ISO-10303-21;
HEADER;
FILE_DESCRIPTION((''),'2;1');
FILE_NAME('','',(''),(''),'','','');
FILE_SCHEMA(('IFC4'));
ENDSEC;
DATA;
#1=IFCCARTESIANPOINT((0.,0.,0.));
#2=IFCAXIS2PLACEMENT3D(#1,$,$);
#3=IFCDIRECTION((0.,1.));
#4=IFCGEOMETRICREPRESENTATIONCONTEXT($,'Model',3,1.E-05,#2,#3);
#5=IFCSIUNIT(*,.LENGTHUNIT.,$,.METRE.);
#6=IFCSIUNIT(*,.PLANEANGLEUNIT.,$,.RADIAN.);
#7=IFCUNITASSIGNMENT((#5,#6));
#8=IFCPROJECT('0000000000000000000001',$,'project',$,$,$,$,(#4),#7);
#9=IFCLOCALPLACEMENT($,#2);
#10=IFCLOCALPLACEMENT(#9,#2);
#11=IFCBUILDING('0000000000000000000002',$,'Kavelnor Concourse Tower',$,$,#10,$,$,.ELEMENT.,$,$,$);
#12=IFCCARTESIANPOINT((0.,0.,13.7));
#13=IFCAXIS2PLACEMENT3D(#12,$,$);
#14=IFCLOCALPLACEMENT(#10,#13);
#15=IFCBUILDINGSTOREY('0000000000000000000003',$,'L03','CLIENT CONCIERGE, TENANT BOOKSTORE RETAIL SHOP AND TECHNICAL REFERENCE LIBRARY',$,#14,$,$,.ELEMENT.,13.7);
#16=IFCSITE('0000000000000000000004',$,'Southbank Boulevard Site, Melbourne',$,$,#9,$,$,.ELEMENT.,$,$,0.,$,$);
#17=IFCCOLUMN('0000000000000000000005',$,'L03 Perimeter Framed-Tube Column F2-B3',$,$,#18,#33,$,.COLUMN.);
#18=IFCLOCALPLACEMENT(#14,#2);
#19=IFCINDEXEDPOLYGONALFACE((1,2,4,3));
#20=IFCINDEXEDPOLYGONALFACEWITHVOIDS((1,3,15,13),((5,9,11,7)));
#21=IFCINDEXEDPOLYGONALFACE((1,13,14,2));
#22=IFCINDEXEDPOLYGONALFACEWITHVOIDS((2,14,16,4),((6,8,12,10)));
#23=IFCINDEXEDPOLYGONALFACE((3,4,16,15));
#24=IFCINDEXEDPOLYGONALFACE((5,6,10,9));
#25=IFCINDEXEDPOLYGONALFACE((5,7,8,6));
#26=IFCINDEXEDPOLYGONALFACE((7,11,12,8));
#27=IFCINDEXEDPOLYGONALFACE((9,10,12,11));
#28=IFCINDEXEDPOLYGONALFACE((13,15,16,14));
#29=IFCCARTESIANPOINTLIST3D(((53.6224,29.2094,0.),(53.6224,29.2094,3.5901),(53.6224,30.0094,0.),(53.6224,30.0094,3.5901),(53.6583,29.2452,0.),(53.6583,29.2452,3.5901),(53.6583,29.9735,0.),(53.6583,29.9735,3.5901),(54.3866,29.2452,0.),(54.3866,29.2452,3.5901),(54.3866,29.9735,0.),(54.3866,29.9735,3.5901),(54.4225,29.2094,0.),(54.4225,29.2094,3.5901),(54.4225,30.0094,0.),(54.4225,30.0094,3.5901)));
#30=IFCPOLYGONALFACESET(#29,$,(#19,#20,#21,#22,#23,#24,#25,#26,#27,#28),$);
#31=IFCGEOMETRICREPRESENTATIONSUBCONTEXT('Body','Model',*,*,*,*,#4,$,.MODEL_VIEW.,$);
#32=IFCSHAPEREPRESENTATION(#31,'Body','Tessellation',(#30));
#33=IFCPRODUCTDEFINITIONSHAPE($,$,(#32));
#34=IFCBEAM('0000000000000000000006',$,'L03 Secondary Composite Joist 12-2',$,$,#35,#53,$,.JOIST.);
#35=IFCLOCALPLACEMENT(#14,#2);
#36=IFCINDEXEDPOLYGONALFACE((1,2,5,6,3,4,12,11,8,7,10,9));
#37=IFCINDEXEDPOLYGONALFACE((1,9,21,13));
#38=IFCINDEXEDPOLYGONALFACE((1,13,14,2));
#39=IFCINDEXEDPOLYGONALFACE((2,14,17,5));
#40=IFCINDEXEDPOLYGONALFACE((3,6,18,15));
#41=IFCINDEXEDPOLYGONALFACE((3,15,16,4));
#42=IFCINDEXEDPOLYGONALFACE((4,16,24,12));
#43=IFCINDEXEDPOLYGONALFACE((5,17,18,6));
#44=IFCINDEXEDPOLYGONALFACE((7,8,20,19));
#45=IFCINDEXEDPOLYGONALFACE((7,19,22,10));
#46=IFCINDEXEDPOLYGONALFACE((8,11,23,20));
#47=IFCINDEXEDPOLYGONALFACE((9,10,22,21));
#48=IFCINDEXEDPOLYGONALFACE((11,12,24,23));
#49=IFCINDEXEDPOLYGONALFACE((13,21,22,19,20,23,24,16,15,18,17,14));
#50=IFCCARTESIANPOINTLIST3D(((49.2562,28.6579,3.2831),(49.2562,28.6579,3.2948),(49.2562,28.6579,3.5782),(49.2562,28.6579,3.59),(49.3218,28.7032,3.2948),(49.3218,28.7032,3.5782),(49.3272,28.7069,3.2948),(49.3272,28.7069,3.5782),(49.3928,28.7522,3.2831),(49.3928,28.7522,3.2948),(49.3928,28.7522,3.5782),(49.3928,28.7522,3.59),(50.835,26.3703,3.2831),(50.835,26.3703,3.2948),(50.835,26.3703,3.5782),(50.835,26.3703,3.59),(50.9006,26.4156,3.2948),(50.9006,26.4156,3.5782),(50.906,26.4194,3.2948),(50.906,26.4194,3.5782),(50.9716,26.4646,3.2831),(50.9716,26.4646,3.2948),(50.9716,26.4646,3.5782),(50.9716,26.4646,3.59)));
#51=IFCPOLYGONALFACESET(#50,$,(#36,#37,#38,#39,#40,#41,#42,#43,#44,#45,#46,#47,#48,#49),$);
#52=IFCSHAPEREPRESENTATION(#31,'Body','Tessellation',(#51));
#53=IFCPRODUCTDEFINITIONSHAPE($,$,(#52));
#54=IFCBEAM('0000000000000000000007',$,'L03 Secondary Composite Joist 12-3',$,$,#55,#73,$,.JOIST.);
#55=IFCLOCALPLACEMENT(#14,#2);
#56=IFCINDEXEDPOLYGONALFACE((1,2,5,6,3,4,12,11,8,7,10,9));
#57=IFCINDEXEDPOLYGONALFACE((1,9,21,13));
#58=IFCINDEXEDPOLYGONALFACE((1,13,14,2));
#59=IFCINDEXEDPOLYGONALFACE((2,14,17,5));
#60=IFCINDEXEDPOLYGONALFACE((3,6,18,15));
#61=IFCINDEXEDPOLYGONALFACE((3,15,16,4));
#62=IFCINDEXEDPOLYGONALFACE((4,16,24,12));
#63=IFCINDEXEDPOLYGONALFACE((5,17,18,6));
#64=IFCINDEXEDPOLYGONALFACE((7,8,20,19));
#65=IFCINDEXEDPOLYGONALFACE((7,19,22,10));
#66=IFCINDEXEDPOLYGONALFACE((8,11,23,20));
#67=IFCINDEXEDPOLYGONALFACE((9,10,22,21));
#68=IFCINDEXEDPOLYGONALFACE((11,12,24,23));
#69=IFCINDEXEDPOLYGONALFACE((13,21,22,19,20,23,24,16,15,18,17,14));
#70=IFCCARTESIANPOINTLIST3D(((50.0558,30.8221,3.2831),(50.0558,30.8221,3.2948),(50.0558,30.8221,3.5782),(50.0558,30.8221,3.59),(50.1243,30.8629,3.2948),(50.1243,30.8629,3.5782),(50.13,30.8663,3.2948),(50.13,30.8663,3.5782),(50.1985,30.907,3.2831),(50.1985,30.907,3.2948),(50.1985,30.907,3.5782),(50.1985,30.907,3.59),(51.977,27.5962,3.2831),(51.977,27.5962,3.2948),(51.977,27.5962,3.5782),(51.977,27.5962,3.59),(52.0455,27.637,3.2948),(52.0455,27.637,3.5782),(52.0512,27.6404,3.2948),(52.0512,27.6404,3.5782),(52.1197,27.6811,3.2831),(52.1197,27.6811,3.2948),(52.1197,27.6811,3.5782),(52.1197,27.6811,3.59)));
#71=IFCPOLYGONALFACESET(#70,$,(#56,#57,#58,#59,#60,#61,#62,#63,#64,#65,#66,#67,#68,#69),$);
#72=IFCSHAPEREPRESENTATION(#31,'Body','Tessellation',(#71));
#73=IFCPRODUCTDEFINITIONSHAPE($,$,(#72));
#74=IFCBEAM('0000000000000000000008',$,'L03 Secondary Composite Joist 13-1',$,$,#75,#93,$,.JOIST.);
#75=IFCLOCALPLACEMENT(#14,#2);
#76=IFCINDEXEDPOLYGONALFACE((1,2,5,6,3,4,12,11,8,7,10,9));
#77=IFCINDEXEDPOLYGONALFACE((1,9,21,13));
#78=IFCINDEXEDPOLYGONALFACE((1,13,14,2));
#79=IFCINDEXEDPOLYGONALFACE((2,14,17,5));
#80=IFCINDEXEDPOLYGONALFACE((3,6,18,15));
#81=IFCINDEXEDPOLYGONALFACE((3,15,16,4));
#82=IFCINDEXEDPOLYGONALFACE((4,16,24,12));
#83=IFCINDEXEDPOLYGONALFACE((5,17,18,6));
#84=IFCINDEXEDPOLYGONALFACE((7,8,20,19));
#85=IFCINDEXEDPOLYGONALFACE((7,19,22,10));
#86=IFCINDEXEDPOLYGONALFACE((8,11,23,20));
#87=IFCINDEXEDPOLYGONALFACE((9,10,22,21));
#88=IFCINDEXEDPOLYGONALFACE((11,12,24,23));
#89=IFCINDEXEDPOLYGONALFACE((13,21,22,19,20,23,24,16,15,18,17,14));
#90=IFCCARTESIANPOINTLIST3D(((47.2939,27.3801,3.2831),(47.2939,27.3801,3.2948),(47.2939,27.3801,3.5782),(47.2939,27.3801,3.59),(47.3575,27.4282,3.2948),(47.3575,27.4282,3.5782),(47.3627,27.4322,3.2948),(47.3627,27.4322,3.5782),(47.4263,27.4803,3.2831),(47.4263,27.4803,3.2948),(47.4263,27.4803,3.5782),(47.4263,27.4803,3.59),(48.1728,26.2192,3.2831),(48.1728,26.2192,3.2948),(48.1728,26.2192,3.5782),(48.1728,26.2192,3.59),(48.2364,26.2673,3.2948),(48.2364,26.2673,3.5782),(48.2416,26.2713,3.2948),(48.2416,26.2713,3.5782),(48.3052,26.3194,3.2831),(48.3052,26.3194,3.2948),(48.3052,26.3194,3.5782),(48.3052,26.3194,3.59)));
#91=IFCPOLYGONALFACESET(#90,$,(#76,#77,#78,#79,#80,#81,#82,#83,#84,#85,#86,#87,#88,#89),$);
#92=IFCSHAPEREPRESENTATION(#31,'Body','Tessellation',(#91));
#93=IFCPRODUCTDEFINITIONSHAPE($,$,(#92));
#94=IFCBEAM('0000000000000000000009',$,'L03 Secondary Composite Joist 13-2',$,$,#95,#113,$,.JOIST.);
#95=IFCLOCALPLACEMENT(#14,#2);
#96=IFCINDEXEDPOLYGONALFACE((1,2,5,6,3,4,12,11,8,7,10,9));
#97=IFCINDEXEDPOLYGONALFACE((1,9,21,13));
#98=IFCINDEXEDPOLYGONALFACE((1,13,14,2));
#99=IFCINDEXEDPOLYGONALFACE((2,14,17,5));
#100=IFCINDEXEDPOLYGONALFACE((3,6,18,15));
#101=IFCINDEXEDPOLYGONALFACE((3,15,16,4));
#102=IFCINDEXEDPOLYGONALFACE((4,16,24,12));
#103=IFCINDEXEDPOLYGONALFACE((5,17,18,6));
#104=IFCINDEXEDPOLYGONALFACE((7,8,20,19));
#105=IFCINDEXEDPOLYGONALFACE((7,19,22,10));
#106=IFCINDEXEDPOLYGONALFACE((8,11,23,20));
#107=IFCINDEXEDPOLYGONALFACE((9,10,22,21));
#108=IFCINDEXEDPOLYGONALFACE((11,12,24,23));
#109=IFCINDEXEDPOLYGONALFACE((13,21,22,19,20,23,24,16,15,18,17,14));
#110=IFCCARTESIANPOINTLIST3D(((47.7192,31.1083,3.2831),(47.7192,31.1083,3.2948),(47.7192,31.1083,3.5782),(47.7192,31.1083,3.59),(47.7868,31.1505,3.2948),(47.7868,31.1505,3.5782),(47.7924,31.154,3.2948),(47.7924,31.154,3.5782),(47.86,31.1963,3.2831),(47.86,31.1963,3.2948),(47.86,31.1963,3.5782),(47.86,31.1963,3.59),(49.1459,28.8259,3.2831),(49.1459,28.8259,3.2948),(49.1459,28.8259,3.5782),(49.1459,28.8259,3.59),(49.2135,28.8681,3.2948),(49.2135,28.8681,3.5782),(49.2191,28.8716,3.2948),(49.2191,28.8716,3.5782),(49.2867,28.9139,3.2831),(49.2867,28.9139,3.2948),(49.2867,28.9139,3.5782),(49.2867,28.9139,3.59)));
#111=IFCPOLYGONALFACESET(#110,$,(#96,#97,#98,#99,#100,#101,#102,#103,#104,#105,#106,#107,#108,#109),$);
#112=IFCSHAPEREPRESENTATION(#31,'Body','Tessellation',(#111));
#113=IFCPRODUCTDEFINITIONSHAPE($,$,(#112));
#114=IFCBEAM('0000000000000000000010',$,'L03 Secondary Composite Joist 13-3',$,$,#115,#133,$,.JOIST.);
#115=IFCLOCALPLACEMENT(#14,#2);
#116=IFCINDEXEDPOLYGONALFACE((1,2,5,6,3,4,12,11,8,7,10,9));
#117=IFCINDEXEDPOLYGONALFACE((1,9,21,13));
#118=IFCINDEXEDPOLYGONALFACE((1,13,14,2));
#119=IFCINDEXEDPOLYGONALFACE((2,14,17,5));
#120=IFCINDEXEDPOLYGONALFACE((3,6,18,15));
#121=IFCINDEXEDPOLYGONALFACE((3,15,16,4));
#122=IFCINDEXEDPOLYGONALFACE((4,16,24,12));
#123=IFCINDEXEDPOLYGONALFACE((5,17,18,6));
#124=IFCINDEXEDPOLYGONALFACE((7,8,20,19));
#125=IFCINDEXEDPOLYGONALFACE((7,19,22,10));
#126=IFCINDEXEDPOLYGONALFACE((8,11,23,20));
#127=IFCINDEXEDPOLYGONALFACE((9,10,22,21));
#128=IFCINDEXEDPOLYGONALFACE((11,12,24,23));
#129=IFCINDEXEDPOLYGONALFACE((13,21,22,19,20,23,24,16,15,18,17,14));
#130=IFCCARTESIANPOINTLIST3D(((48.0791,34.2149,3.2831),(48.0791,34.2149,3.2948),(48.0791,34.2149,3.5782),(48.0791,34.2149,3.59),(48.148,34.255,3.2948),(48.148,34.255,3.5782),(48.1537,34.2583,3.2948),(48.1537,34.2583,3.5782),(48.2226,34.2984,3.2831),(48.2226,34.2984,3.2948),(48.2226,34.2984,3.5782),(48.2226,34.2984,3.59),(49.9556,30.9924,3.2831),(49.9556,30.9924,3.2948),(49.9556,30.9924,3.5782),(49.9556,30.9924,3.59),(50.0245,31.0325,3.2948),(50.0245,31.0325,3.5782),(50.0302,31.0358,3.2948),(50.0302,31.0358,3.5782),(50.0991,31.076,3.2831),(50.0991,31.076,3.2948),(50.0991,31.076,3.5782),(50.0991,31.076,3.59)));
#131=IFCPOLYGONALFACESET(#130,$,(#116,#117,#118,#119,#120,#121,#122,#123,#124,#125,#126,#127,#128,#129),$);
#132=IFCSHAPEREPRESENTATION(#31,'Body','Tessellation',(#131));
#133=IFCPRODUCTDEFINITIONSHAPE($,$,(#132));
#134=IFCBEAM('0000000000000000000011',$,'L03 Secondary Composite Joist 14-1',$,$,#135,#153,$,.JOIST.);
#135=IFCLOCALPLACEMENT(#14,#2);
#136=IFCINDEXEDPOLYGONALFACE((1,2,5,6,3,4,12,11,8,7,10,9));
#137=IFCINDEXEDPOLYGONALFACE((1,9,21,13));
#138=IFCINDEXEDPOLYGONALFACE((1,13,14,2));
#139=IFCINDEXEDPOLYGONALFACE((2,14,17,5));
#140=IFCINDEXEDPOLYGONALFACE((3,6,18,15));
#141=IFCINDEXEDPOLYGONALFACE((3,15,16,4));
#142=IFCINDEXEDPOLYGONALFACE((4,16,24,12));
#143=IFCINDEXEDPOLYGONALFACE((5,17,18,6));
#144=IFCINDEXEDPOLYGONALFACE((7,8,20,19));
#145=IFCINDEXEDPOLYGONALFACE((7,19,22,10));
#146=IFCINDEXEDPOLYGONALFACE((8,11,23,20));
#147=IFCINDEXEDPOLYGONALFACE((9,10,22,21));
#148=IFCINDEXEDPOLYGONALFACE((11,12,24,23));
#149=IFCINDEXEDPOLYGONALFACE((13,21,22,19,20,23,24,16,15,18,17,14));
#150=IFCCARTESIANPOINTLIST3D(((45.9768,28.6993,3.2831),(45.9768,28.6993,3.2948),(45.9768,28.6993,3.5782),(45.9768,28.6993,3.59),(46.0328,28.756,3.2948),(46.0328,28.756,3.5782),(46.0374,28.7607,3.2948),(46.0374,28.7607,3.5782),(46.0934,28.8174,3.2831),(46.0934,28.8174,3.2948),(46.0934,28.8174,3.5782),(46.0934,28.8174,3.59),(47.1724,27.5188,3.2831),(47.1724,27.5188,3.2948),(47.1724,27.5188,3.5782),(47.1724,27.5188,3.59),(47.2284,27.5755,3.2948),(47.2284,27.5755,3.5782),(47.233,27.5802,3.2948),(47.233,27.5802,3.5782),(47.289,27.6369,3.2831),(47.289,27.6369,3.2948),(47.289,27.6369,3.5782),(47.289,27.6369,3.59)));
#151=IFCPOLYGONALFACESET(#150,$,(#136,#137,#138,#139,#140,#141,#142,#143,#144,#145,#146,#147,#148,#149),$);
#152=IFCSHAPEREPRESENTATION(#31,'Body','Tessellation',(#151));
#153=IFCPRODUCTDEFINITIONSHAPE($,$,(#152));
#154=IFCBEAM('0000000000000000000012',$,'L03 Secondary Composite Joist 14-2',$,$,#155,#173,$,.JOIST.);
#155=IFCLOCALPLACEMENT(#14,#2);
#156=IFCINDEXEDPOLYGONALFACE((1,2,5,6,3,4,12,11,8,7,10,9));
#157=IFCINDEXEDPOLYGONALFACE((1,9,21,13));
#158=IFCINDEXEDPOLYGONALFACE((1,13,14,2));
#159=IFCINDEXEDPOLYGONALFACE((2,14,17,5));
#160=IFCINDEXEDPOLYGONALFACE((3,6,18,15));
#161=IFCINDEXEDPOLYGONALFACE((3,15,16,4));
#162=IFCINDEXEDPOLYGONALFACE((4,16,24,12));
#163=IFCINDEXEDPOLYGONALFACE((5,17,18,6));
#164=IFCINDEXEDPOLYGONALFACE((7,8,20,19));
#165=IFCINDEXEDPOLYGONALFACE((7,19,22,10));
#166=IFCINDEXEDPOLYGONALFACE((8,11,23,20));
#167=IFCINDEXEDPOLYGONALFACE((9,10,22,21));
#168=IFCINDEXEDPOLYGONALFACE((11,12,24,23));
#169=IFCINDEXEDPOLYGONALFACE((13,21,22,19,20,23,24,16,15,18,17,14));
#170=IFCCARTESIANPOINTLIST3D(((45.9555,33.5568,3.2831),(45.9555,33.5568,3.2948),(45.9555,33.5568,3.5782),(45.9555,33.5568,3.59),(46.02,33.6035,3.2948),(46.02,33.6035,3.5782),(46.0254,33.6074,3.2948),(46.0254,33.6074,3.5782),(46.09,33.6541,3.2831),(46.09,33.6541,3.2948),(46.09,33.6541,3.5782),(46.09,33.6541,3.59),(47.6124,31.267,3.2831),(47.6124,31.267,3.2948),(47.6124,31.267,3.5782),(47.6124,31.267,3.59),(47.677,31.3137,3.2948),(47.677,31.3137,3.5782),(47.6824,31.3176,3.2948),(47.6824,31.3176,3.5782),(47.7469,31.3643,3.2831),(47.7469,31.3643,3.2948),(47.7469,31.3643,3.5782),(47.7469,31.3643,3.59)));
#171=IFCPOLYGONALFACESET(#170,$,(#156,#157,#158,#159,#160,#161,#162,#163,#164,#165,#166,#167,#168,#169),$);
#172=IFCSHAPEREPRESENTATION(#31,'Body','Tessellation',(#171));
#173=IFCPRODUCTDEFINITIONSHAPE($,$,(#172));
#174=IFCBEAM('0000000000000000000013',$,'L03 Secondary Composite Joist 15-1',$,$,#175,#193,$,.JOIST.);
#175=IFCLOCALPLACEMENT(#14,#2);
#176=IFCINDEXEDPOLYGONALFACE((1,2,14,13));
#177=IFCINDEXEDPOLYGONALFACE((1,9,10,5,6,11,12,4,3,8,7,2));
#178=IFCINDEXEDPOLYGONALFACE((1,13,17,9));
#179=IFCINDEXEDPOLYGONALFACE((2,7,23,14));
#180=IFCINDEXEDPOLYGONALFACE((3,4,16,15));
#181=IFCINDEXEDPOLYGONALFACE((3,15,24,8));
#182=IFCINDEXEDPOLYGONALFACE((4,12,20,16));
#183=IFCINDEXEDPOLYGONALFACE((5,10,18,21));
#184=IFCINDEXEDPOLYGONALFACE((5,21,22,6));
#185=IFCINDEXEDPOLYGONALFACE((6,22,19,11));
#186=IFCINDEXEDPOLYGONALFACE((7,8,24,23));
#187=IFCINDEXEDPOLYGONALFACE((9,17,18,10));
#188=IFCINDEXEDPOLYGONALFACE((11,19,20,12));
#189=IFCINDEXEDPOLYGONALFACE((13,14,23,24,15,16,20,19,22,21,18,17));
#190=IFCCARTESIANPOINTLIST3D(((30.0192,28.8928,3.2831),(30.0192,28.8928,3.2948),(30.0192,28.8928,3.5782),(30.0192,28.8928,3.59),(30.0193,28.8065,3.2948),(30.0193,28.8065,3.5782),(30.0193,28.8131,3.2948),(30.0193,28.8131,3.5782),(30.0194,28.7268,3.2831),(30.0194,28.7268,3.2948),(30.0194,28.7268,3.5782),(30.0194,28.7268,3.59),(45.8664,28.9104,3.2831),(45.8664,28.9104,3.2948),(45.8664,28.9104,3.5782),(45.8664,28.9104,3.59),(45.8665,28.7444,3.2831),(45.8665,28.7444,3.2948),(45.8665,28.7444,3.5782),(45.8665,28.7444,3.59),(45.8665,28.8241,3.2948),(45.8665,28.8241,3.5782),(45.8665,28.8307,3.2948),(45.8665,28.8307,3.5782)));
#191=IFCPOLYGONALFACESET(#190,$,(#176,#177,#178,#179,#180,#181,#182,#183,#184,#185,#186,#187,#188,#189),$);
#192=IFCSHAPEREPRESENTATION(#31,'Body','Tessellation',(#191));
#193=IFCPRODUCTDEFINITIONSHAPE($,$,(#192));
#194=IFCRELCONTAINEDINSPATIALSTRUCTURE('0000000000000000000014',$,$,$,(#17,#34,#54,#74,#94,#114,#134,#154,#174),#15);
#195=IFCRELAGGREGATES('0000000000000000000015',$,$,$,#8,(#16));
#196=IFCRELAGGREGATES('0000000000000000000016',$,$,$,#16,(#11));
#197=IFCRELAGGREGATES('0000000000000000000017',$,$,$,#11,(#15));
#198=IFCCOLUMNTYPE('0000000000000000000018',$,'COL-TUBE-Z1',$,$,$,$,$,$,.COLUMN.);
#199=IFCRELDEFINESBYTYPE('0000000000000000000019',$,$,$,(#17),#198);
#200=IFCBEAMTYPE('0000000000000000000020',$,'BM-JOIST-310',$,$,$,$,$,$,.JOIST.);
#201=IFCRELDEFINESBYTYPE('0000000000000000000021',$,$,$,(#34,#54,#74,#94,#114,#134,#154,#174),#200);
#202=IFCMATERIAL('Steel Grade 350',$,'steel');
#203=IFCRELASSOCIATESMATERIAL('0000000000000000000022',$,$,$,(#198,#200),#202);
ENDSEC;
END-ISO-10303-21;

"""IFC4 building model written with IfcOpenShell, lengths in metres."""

from ifc_helpers import new_model, si_unit, direction, frame, origin, origin_2d, place, context, subcontext, project, spatial, hollow_rectangle, i_section, extrude, material, material_profile, profile_set, type_object, element, save


model = new_model("IFC4")

# Units and contexts
model_context = context("Model", 3, precision=1e-05, world=origin(), true_north=direction((0.0, 1.0)))
body_context = subcontext(model_context, "Body", "Model", "MODEL_VIEW")
ifc_project = project(units=[si_unit("LENGTHUNIT", "METRE"), si_unit("PLANEANGLEUNIT", "RADIAN")], contexts=[model_context])

# Site, building, storey
site_placement = place(None, origin())
site = spatial("IfcSite", under=ifc_project, at=site_placement, Name="Southbank Boulevard Site, Melbourne", CompositionType="ELEMENT", RefElevation=0.0)
building_placement = place(site_placement, origin())
building = spatial("IfcBuilding", under=site, at=building_placement, Name="Kavelnor Concourse Tower", CompositionType="ELEMENT")
storey_placement = place(building_placement, frame((0.0, 0.0, 13.7)))
storey = spatial("IfcBuildingStorey", under=building, at=storey_placement, Name="L03", Description="CLIENT CONCIERGE, TENANT BOOKSTORE RETAIL SHOP AND TECHNICAL REFERENCE LIBRARY", CompositionType="ELEMENT", Elevation=13.7)

# Column
ifc_material_1 = material(Name="Steel Grade 350", Category="steel")
ifc_material_profile_1 = material_profile(ifc_material_1, hollow_rectangle(XDim=0.8, YDim=0.8, WallThickness=0.0359, at=origin_2d()), Name="SHS 800x800x36")
ifc_profile_set_1 = profile_set([ifc_material_profile_1], Name="Steel Grade 350")
column_type = type_object("IfcColumnType", Name="COL-TUBE-Z1", PredefinedType="COLUMN", material=ifc_profile_set_1)
column_placement = place(storey_placement, frame((54.0225, 29.6094, 0.0), z_axis=(0.0, 0.0, 1.0), x_axis=(1.0, 0.0, 0.0)))
element("IfcColumn", 1, at=column_placement, inside=storey, type_object=column_type, Name="L03 Perimeter Framed-Tube Column F2-B3", PredefinedType="COLUMN", context=body_context, shape_type="SweptSolid", body=[
    extrude(hollow_rectangle(XDim=0.8, YDim=0.8, WallThickness=0.0359, at=origin_2d()), origin(), (0.0, 0.0, 1.0), 3.5901),
])

# Beams
ifc_material_profile_2 = material_profile(ifc_material_1, i_section(OverallWidth=0.166, OverallDepth=0.3069, WebThickness=0.0066, FlangeThickness=0.0117, at=origin_2d()), Name="310UB46")
ifc_profile_set_2 = profile_set([ifc_material_profile_2], Name="Steel Grade 350")
beam_type_1 = type_object("IfcBeamType", Name="BM-JOIST-310", PredefinedType="JOIST", material=ifc_profile_set_2)
beam_1_placement = place(storey_placement, frame((50.9033, 26.4175, 3.4365), z_axis=(-0.568026, 0.82301, 0.0), x_axis=(-0.82301, -0.568026, 0.0)))
element("IfcBeam", 2, at=beam_1_placement, inside=storey, type_object=beam_type_1, Name="L03 Secondary Composite Joist 12-2", PredefinedType="JOIST", context=body_context, shape_type="SweptSolid", body=[
    extrude(i_section(OverallWidth=0.166, OverallDepth=0.3069, WebThickness=0.0066, FlangeThickness=0.0117, at=origin_2d()), origin(), (0.0, 0.0, 1.0), 2.7795),
])
beam_2_placement = place(storey_placement, frame((52.0483, 27.6387, 3.4365), z_axis=(-0.511682, 0.859175, 0.0), x_axis=(-0.859175, -0.511682, 0.0)))
element("IfcBeam", 3, at=beam_2_placement, inside=storey, type_object=beam_type_1, Name="L03 Secondary Composite Joist 12-3", PredefinedType="JOIST", context=body_context, shape_type="SweptSolid", body=[
    extrude(i_section(OverallWidth=0.166, OverallDepth=0.3069, WebThickness=0.0066, FlangeThickness=0.0117, at=origin_2d()), origin(), (0.0, 0.0, 1.0), 3.7546),
])
beam_3_placement = place(storey_placement, frame((48.239, 26.2693, 3.4365), z_axis=(-0.603616, 0.797276, 0.0), x_axis=(-0.797276, -0.603616, 0.0)))
element("IfcBeam", 4, at=beam_3_placement, inside=storey, type_object=beam_type_1, Name="L03 Secondary Composite Joist 13-1", PredefinedType="JOIST", context=body_context, shape_type="SweptSolid", body=[
    extrude(i_section(OverallWidth=0.166, OverallDepth=0.3069, WebThickness=0.0066, FlangeThickness=0.0117, at=origin_2d()), origin(), (0.0, 0.0, 1.0), 1.4561),
])
beam_4_placement = place(storey_placement, frame((49.2163, 28.8699, 3.4365), z_axis=(-0.530056, 0.847963, 0.0), x_axis=(-0.847963, -0.530056, 0.0)))
element("IfcBeam", 5, at=beam_4_placement, inside=storey, type_object=beam_type_1, Name="L03 Secondary Composite Joist 13-2", PredefinedType="JOIST", context=body_context, shape_type="SweptSolid", body=[
    extrude(i_section(OverallWidth=0.166, OverallDepth=0.3069, WebThickness=0.0066, FlangeThickness=0.0117, at=origin_2d()), origin(), (0.0, 0.0, 1.0), 2.6917),
])
beam_5_placement = place(storey_placement, frame((50.0273, 31.0342, 3.4365), z_axis=(-0.503215, 0.864161, 0.0), x_axis=(-0.864161, -0.503215, 0.0)))
element("IfcBeam", 6, at=beam_5_placement, inside=storey, type_object=beam_type_1, Name="L03 Secondary Composite Joist 13-3", PredefinedType="JOIST", context=body_context, shape_type="SweptSolid", body=[
    extrude(i_section(OverallWidth=0.166, OverallDepth=0.3069, WebThickness=0.0066, FlangeThickness=0.0117, at=origin_2d()), origin(), (0.0, 0.0, 1.0), 3.729),
])
beam_6_placement = place(storey_placement, frame((47.2307, 27.5779, 3.4365), z_axis=(-0.711597, 0.702588, 0.0), x_axis=(-0.702588, -0.711597, 0.0)))
element("IfcBeam", 7, at=beam_6_placement, inside=storey, type_object=beam_type_1, Name="L03 Secondary Composite Joist 14-1", PredefinedType="JOIST", context=body_context, shape_type="SweptSolid", body=[
    extrude(i_section(OverallWidth=0.166, OverallDepth=0.3069, WebThickness=0.0066, FlangeThickness=0.0117, at=origin_2d()), origin(), (0.0, 0.0, 1.0), 1.6802),
])
beam_7_placement = place(storey_placement, frame((47.6797, 31.3157, 3.4365), z_axis=(-0.586244, 0.810135, 0.0), x_axis=(-0.810135, -0.586244, 0.0)))
element("IfcBeam", 8, at=beam_7_placement, inside=storey, type_object=beam_type_1, Name="L03 Secondary Composite Joist 14-2", PredefinedType="JOIST", context=body_context, shape_type="SweptSolid", body=[
    extrude(i_section(OverallWidth=0.166, OverallDepth=0.3069, WebThickness=0.0066, FlangeThickness=0.0117, at=origin_2d()), origin(), (0.0, 0.0, 1.0), 2.8264),
])
beam_8_placement = place(storey_placement, frame((45.8665, 28.8274, 3.4365), z_axis=(-0.999999, -0.001109, 0.0), x_axis=(0.001109, -0.999999, 0.0)))
element("IfcBeam", 9, at=beam_8_placement, inside=storey, type_object=beam_type_1, Name="L03 Secondary Composite Joist 15-1", PredefinedType="JOIST", context=body_context, shape_type="SweptSolid", body=[
    extrude(i_section(OverallWidth=0.166, OverallDepth=0.3069, WebThickness=0.0066, FlangeThickness=0.0117, at=origin_2d()), origin(), (0.0, 0.0, 1.0), 15.8472),
])

save(model, "model.ifc")
